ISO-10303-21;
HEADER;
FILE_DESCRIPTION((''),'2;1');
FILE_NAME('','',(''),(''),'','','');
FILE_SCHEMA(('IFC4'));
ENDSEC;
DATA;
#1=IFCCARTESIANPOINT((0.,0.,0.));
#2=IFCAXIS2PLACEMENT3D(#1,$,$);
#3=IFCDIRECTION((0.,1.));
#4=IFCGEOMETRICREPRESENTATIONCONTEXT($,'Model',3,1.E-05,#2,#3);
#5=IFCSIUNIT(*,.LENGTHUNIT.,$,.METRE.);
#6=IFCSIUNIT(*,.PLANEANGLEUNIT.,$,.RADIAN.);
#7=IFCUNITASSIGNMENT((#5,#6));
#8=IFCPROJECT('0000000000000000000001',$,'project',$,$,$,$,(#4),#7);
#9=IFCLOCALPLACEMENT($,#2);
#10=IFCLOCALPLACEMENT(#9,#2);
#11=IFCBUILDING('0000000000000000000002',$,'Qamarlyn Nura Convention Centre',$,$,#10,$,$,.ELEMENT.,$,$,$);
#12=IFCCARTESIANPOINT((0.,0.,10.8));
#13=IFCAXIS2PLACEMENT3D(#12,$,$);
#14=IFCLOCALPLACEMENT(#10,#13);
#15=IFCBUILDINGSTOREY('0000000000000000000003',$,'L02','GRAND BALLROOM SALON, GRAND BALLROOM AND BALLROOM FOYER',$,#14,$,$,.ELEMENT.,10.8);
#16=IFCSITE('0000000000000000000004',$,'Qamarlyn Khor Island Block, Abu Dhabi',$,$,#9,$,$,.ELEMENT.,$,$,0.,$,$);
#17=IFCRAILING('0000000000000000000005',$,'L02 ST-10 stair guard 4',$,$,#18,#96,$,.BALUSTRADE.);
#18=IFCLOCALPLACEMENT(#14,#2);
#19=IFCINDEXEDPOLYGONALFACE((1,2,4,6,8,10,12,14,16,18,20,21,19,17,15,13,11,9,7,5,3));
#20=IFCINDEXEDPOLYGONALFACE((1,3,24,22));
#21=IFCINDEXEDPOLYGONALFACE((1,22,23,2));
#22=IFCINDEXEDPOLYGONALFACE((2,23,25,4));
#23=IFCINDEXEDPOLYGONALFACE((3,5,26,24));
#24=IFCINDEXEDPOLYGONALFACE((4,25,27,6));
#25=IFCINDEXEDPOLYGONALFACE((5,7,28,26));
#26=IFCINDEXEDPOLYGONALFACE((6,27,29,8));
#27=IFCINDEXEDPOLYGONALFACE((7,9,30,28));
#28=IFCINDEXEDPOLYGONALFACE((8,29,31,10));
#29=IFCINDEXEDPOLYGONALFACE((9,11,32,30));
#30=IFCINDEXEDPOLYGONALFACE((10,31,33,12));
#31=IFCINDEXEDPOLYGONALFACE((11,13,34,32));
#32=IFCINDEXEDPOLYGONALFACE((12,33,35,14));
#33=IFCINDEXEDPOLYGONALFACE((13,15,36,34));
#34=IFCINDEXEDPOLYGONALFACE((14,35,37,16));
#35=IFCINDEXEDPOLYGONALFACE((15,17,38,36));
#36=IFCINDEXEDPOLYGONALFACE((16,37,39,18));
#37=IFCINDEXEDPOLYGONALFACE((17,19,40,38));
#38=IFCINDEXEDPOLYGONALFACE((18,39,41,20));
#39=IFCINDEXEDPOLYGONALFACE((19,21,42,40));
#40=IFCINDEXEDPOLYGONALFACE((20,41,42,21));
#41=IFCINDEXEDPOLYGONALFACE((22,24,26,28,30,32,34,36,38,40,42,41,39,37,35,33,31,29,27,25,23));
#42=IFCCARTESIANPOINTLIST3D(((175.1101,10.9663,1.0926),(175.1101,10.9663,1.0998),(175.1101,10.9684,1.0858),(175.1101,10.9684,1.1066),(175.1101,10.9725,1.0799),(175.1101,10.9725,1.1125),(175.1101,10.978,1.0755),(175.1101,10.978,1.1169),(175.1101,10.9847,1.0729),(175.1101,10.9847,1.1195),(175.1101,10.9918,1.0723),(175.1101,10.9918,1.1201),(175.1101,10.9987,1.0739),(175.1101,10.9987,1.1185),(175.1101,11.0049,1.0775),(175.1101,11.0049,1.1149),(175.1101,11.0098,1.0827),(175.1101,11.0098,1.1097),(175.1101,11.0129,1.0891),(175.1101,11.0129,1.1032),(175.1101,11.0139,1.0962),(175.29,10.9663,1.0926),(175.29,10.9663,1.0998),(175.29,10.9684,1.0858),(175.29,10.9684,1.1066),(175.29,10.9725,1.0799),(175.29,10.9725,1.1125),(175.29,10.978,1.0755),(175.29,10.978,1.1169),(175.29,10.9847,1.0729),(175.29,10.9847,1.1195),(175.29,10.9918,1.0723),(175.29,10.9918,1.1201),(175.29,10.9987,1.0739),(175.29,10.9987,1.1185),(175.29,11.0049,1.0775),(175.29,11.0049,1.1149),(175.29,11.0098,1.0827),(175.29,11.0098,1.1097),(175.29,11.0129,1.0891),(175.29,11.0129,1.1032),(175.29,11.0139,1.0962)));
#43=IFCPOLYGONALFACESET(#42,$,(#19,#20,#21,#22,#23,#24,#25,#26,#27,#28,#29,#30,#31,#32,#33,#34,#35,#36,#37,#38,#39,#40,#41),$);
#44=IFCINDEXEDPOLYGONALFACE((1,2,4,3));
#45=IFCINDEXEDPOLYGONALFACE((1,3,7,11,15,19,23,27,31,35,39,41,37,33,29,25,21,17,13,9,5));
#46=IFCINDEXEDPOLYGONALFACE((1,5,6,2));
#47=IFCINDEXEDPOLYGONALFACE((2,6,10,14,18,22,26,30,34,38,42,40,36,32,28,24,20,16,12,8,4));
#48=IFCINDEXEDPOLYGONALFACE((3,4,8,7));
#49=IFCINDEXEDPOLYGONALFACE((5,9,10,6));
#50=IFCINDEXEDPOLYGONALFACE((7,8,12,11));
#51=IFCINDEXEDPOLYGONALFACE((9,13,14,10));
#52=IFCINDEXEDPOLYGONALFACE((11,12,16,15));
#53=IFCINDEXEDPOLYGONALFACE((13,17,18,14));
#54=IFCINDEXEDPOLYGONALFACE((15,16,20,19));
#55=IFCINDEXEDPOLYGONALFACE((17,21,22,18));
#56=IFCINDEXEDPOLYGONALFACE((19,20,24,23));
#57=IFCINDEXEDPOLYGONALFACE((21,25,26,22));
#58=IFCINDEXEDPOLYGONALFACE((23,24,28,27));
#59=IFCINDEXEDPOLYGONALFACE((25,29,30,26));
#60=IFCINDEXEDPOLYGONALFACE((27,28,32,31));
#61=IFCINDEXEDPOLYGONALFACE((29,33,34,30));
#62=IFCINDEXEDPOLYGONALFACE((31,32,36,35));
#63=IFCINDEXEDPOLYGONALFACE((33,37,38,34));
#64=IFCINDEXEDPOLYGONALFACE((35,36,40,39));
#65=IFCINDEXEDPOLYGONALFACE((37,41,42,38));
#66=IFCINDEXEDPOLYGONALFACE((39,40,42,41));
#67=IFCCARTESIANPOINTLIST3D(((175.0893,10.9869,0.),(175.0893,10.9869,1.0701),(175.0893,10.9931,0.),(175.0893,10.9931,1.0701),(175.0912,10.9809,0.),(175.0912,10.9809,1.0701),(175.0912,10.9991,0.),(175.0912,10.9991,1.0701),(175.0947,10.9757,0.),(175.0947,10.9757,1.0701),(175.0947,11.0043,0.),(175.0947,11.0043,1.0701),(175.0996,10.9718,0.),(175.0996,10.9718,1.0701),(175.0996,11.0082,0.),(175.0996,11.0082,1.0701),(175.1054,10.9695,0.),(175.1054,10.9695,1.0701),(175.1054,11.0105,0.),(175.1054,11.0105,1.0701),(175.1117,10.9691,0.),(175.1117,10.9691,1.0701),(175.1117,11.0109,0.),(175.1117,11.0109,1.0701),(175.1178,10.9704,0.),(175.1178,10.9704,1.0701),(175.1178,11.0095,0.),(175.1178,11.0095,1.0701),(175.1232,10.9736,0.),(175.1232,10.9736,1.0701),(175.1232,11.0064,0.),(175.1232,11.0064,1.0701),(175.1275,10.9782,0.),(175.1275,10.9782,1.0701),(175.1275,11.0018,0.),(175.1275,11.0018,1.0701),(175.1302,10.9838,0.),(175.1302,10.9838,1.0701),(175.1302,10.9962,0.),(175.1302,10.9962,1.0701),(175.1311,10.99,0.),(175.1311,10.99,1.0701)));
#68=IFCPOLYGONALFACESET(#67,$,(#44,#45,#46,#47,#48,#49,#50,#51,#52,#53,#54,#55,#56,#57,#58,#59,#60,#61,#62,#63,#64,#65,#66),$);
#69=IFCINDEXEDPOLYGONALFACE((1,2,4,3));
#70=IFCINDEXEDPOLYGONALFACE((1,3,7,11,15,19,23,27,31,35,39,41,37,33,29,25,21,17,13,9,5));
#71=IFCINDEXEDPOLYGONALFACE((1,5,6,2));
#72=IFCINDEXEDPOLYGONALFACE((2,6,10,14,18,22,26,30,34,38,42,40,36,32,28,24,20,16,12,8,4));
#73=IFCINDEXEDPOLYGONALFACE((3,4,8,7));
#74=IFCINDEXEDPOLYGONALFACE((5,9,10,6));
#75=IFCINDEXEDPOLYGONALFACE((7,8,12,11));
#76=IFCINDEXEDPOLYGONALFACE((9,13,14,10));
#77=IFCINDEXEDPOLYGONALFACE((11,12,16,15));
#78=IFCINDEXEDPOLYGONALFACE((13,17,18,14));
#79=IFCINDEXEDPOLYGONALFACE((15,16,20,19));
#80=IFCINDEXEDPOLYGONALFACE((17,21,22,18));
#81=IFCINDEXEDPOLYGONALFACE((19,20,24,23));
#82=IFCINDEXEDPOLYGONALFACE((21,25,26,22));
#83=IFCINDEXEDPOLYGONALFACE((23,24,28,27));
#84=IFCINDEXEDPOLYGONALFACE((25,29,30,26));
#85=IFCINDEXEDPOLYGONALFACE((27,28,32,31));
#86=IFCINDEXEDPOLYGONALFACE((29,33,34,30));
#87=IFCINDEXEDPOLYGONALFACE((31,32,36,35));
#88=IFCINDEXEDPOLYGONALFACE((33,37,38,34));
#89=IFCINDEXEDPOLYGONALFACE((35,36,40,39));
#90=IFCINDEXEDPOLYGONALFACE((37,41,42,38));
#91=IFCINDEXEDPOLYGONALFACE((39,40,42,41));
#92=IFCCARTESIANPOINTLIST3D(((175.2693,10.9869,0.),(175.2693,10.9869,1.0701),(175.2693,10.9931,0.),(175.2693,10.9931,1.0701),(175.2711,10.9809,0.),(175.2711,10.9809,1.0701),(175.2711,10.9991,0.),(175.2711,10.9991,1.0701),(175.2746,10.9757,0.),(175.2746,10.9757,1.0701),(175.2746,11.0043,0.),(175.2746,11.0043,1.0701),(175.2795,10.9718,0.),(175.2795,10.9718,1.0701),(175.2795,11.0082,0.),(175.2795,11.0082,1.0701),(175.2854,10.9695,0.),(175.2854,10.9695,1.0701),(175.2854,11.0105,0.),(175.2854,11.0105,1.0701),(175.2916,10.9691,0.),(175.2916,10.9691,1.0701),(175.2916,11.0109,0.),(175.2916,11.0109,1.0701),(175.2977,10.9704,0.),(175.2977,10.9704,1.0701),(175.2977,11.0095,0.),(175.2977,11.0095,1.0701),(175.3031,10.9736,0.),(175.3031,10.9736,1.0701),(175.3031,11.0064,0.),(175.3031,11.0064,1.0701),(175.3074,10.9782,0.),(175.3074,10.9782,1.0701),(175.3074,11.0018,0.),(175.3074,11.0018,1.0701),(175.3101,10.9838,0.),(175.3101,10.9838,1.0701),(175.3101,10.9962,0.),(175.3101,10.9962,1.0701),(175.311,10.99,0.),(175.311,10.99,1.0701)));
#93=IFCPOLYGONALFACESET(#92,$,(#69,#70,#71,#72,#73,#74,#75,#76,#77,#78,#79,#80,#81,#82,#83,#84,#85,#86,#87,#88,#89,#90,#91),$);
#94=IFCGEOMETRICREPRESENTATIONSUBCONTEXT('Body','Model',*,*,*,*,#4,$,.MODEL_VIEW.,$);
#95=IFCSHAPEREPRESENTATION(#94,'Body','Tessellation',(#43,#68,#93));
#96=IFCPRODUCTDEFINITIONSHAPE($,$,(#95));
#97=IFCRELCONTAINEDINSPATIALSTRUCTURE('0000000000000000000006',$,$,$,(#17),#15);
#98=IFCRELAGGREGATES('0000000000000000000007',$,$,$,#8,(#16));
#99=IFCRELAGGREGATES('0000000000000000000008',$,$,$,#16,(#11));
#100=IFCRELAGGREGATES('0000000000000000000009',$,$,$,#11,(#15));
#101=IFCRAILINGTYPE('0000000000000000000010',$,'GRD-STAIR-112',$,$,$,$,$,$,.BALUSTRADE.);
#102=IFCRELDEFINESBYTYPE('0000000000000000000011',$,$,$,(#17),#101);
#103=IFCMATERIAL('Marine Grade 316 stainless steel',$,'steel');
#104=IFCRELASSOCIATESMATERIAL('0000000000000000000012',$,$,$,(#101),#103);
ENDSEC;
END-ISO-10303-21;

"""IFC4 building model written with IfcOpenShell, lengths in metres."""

from ifc_helpers import new_model, si_unit, direction, frame, origin, origin_2d, place, context, subcontext, project, spatial, circle, extrude, material, type_object, element, save


model = new_model("IFC4")

# Units and contexts
model_context = context("Model", 3, precision=1e-05, world=origin(), true_north=direction((0.0, 1.0)))
body_context = subcontext(model_context, "Body", "Model", "MODEL_VIEW")
ifc_project = project(units=[si_unit("LENGTHUNIT", "METRE"), si_unit("PLANEANGLEUNIT", "RADIAN")], contexts=[model_context])

# Site, building, storey
site_placement = place(None, origin())
site = spatial("IfcSite", under=ifc_project, at=site_placement, Name="Qamarlyn Khor Island Block, Abu Dhabi", CompositionType="ELEMENT", RefElevation=0.0)
building_placement = place(site_placement, origin())
building = spatial("IfcBuilding", under=site, at=building_placement, Name="Qamarlyn Nura Convention Centre", CompositionType="ELEMENT")
storey_placement = place(building_placement, frame((0.0, 0.0, 10.8)))
storey = spatial("IfcBuildingStorey", under=building, at=storey_placement, Name="L02", Description="GRAND BALLROOM SALON, GRAND BALLROOM AND BALLROOM FOYER", CompositionType="ELEMENT", Elevation=10.8)

# Railing
ifc_material_1 = material(Name="Marine Grade 316 stainless steel", Category="steel")
railing_type_1 = type_object("IfcRailingType", Name="GRD-STAIR-112", PredefinedType="BALUSTRADE", material=ifc_material_1)
railing_1_placement = place(storey_placement, frame((175.1101, 10.99, 0.0)))
element("IfcRailing", 1, at=railing_1_placement, inside=storey, type_object=railing_type_1, Name="L02 ST-10 stair guard 4", PredefinedType="BALUSTRADE", context=body_context, shape_type="SweptSolid", body=[
    extrude(circle(Radius=0.0239, at=origin_2d()), frame((0.0, 0.0, 1.0962), z_axis=(1.0, 0.0, 0.0), x_axis=(0.0, 1.0, 0.0)), (0.0, 0.0, 1.0), 0.1799),
    extrude(circle(Radius=0.021, at=origin_2d()), origin(), (0.0, 0.0, 1.0), 1.0701),
    extrude(circle(Radius=0.021, at=origin_2d()), frame((0.1799, 0.0, 0.0)), (0.0, 0.0, 1.0), 1.0701),
])

save(model, "model.ifc")
